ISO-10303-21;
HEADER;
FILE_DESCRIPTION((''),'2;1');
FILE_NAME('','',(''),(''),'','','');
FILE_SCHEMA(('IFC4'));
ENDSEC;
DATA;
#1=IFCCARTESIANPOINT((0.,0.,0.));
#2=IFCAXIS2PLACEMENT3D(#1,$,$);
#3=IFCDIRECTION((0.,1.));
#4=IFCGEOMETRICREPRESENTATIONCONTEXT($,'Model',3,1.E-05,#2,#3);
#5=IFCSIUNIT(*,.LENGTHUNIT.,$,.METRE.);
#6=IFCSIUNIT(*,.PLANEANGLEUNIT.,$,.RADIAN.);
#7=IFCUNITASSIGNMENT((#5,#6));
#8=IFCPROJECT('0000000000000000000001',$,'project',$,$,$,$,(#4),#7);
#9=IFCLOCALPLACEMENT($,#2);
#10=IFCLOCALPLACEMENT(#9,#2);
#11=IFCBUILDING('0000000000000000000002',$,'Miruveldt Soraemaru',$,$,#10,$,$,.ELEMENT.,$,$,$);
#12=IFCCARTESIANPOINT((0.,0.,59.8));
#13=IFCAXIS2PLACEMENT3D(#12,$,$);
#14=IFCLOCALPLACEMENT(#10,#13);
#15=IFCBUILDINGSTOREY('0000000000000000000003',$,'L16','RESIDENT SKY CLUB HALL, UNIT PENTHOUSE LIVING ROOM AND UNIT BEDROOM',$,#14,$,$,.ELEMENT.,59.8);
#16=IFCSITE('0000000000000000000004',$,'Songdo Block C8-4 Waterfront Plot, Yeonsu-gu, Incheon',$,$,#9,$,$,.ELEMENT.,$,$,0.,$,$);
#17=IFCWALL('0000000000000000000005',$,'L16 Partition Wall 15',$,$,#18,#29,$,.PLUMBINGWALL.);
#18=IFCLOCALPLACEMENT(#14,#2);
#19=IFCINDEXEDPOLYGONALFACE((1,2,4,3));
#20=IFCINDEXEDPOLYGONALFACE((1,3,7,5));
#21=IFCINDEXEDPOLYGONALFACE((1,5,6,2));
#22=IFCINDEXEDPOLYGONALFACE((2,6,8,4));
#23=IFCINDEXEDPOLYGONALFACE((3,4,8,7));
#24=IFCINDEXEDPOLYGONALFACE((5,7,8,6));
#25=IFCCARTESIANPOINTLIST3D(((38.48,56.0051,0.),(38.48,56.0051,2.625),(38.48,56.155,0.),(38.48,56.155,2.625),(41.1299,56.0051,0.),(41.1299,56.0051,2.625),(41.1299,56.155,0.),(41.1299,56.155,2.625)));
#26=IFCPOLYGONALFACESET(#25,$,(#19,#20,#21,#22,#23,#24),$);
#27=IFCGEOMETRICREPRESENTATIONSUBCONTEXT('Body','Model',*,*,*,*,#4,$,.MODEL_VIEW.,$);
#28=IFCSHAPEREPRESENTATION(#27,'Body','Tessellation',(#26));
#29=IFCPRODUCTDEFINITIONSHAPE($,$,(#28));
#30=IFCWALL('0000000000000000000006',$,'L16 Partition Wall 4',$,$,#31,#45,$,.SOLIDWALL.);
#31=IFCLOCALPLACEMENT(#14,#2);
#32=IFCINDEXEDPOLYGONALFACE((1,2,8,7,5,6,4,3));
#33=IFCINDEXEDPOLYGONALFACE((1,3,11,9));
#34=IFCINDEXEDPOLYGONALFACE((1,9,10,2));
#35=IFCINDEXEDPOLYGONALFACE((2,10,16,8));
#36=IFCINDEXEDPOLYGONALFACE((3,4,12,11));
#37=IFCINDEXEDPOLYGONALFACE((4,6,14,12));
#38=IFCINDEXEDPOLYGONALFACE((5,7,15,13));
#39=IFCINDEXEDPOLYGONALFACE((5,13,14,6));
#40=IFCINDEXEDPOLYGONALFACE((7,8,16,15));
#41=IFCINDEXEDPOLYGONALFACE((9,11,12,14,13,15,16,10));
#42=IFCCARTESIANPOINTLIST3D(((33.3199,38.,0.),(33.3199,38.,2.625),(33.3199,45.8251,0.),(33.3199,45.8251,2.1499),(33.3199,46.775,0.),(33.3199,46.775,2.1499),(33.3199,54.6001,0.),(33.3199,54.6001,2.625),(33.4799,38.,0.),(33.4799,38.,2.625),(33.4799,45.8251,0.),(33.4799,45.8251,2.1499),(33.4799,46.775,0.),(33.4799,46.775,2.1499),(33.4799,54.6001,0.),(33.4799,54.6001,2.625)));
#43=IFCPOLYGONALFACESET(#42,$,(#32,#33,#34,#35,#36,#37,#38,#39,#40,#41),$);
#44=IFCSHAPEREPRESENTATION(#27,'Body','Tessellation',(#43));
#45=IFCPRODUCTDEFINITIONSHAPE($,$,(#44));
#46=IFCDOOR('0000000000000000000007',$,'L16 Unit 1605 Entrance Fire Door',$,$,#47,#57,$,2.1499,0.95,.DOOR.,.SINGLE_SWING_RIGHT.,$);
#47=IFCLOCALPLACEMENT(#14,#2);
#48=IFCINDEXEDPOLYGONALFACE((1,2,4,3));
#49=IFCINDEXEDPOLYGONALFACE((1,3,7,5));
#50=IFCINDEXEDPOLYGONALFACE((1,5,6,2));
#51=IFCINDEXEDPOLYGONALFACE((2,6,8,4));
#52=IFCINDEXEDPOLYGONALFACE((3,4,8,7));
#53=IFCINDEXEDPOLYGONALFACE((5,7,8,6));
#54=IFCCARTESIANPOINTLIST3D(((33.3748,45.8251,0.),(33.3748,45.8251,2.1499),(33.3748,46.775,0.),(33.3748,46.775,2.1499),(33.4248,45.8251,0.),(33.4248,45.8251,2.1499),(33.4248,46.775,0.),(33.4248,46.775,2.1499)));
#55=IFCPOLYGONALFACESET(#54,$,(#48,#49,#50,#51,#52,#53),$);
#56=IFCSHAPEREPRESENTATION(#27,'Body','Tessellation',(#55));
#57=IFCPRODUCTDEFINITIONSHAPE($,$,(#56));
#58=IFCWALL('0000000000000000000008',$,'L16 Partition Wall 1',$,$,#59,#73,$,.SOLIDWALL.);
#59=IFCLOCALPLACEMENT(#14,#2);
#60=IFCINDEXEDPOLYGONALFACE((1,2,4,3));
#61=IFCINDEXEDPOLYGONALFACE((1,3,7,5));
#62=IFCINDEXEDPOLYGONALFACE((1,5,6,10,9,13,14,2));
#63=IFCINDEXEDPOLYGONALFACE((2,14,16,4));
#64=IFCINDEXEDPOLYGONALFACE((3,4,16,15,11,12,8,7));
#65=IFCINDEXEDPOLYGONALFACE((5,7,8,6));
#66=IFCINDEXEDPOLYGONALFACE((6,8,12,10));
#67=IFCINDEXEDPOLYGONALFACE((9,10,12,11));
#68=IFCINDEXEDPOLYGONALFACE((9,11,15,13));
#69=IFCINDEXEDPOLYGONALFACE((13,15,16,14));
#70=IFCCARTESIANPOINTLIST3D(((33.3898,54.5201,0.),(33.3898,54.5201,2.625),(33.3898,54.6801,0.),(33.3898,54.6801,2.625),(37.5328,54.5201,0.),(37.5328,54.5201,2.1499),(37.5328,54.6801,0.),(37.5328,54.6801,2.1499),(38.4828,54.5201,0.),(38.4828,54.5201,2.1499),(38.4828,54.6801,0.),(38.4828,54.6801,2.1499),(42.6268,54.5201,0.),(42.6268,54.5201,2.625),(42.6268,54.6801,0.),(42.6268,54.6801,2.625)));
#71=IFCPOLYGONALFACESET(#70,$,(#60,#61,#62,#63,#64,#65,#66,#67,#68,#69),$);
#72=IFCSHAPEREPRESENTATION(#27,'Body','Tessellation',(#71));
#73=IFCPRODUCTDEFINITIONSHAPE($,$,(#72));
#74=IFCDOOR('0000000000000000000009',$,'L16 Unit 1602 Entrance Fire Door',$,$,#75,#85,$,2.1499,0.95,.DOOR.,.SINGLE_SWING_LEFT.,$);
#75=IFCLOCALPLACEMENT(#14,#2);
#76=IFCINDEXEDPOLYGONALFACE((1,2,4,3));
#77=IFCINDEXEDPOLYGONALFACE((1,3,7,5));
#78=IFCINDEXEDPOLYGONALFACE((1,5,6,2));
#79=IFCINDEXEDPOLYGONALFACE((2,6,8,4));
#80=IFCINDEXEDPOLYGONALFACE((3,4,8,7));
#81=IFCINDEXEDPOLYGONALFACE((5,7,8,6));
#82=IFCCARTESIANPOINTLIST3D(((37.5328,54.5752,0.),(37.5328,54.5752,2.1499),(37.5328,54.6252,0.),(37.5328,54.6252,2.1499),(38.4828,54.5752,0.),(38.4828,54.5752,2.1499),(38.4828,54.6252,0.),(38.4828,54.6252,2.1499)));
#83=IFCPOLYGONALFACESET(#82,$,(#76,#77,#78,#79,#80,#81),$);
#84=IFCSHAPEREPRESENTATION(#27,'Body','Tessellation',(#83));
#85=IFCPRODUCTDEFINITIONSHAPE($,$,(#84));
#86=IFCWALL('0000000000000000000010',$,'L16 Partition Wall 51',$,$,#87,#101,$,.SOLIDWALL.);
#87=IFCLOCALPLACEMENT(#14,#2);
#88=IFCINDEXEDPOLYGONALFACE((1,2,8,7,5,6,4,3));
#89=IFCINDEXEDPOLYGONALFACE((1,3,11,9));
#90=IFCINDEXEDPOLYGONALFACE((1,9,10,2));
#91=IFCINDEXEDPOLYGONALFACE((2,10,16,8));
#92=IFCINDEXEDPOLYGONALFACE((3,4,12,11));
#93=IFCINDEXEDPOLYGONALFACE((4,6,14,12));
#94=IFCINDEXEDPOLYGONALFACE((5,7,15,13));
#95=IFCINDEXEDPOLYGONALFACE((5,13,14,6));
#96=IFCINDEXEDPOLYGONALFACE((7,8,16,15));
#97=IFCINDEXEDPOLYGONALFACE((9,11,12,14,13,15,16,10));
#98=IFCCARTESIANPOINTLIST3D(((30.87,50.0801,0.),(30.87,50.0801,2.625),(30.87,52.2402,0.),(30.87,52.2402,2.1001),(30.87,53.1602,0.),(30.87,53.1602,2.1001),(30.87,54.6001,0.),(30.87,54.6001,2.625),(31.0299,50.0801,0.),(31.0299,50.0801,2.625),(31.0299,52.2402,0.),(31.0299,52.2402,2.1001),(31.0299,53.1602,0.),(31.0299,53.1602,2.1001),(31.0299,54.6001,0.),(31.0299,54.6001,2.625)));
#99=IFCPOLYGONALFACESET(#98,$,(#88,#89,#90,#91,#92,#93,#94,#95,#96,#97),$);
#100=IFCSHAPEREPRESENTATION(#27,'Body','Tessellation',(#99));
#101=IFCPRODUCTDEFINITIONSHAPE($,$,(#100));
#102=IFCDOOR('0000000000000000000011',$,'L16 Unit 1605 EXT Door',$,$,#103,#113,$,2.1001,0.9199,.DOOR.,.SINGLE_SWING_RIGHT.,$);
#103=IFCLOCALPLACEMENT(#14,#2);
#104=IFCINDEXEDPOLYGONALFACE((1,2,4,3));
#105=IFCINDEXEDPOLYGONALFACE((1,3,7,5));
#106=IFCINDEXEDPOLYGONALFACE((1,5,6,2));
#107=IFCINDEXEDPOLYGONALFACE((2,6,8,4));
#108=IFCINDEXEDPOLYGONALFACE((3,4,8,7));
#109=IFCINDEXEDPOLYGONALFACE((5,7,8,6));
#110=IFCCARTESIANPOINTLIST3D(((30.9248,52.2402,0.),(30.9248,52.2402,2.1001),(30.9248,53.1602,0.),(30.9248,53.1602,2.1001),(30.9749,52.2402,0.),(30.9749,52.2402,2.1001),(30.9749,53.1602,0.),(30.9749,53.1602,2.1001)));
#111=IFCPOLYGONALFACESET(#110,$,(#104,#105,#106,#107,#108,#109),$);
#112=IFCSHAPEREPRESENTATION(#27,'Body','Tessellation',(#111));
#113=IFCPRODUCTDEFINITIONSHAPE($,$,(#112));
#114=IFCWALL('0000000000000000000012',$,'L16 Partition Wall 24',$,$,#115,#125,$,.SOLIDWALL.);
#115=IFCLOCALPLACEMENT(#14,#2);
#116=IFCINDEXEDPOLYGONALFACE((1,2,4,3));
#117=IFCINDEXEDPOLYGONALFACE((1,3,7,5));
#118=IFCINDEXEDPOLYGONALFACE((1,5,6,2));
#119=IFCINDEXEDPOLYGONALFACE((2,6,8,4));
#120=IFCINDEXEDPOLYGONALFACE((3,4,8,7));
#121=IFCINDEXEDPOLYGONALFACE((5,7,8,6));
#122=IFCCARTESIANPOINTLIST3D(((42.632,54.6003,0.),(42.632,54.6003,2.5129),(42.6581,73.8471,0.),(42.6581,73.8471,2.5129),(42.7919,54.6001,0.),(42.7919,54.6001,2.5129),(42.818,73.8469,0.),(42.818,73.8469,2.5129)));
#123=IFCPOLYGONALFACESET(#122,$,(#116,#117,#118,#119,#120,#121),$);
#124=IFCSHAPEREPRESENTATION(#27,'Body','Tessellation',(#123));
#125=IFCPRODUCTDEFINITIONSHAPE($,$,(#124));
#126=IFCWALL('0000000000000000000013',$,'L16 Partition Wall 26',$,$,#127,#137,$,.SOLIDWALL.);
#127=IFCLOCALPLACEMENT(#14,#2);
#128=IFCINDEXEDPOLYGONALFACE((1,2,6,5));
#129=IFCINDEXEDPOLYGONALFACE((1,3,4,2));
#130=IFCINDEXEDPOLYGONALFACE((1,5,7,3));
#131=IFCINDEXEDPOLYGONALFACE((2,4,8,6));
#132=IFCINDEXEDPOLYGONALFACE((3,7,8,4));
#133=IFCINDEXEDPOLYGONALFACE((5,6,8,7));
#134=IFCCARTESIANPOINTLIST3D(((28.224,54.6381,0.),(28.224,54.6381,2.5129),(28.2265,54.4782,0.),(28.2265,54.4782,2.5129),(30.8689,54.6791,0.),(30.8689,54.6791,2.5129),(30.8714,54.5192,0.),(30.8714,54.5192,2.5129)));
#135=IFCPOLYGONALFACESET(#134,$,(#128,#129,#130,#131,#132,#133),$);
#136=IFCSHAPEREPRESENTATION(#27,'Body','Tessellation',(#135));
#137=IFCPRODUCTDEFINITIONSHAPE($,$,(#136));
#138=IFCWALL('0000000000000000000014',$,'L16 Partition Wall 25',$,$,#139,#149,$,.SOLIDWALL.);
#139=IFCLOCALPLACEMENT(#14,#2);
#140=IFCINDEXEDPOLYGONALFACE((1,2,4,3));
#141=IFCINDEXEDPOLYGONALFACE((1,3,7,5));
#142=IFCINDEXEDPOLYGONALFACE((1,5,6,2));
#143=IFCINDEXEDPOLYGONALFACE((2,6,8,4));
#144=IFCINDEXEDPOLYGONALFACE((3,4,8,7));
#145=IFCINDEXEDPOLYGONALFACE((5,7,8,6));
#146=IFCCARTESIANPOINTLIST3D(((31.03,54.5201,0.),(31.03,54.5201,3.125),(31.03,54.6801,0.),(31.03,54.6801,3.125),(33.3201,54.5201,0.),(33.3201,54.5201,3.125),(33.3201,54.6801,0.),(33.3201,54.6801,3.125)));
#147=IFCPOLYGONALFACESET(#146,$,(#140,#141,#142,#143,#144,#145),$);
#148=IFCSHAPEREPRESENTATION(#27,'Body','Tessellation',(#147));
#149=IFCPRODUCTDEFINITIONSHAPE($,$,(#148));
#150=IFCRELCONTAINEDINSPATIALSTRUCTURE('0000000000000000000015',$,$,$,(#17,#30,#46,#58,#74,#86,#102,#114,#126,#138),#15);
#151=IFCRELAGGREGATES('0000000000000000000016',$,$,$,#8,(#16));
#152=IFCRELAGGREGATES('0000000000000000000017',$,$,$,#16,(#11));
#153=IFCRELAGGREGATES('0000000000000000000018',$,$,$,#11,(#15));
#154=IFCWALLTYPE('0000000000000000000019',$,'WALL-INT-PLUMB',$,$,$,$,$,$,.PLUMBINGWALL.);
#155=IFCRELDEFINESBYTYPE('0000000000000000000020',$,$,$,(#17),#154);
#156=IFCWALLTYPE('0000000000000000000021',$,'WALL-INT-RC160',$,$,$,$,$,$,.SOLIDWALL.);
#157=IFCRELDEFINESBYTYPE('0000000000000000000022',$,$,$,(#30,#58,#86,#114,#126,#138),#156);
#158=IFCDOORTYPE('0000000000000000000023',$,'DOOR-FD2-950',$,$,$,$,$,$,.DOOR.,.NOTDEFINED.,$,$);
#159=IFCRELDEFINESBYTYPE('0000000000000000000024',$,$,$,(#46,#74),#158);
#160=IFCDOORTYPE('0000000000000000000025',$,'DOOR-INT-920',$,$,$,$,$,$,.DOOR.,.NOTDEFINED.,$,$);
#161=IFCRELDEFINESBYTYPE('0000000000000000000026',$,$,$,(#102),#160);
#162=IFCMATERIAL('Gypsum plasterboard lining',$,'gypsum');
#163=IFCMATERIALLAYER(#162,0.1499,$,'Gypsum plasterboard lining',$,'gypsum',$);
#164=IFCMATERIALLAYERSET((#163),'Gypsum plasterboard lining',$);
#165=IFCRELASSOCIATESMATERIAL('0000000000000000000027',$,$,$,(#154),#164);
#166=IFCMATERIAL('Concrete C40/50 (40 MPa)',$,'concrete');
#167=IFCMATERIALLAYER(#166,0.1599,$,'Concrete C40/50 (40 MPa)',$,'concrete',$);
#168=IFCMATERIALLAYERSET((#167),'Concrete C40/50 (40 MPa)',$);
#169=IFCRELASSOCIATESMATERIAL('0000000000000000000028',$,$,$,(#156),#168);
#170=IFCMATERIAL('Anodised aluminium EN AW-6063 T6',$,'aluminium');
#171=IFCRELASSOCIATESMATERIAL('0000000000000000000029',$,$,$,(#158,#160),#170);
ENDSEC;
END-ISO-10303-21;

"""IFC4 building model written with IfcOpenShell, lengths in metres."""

from ifc_helpers import new_model, si_unit, direction, frame, frame_2d, origin, place, context, subcontext, project, spatial, rectangle, extrude, material, layer, layer_set, type_object, element, fill, save


model = new_model("IFC4")

# Units and contexts
model_context = context("Model", 3, precision=1e-05, world=origin(), true_north=direction((0.0, 1.0)))
body_context = subcontext(model_context, "Body", "Model", "MODEL_VIEW")
ifc_project = project(units=[si_unit("LENGTHUNIT", "METRE"), si_unit("PLANEANGLEUNIT", "RADIAN")], contexts=[model_context])

# Site, building, storey
site_placement = place(None, origin())
site = spatial("IfcSite", under=ifc_project, at=site_placement, Name="Songdo Block C8-4 Waterfront Plot, Yeonsu-gu, Incheon", CompositionType="ELEMENT", RefElevation=0.0)
building_placement = place(site_placement, origin())
building = spatial("IfcBuilding", under=site, at=building_placement, Name="Miruveldt Soraemaru", CompositionType="ELEMENT")
storey_placement = place(building_placement, frame((0.0, 0.0, 59.8)))
storey = spatial("IfcBuildingStorey", under=building, at=storey_placement, Name="L16", Description="RESIDENT SKY CLUB HALL, UNIT PENTHOUSE LIVING ROOM AND UNIT BEDROOM", CompositionType="ELEMENT", Elevation=59.8)

# Shared definitions
ifc_material_1 = material(Name="Gypsum plasterboard lining", Category="gypsum")
ifc_layer_1 = layer(ifc_material_1, 0.1499, Name="Gypsum plasterboard lining", Category="gypsum")
ifc_layer_set_1 = layer_set([ifc_layer_1], Name="Gypsum plasterboard lining")
wall_type_1 = type_object("IfcWallType", Name="WALL-INT-PLUMB", PredefinedType="PLUMBINGWALL", material=ifc_layer_set_1)
ifc_material_2 = material(Name="Anodised aluminium EN AW-6063 T6", Category="aluminium")

# Wall
wall_1_placement = place(storey_placement, frame((38.48, 56.0801, 0.0), z_axis=(0.0, 0.0, 1.0), x_axis=(1.0, 0.0, 0.0)))
element("IfcWall", 1, at=wall_1_placement, inside=storey, type_object=wall_type_1, Name="L16 Partition Wall 15", PredefinedType="PLUMBINGWALL", context=body_context, shape_type="SweptSolid", body=[
    extrude(rectangle(XDim=2.6499, YDim=0.1499, at=frame_2d((1.325, 0.0))), origin(), (0.0, 0.0, 1.0), 2.625),
])

# Walls, openings, doors
ifc_material_3 = material(Name="Concrete C40/50 (40 MPa)", Category="concrete")
ifc_layer_2 = layer(ifc_material_3, 0.1599, Name="Concrete C40/50 (40 MPa)", Category="concrete")
ifc_layer_set_2 = layer_set([ifc_layer_2], Name="Concrete C40/50 (40 MPa)")
wall_type_2 = type_object("IfcWallType", Name="WALL-INT-RC160", PredefinedType="SOLIDWALL", material=ifc_layer_set_2)
wall_2_placement = place(storey_placement, frame((33.3999, 54.6001, 0.0), z_axis=(0.0, 0.0, 1.0), x_axis=(0.0, -1.0, 0.0)))
wall_2 = element("IfcWall", 2, at=wall_2_placement, inside=storey, type_object=wall_type_2, Name="L16 Partition Wall 4", PredefinedType="SOLIDWALL", context=body_context, shape_type="SweptSolid", body=[
    extrude(rectangle(XDim=16.6001, YDim=0.1599, at=frame_2d((8.3, 0.0))), origin(), (0.0, 0.0, 1.0), 2.625),
])
opening_1_placement = place(wall_2_placement, frame((7.825, 0.0, 0.0)))
opening_1 = element("IfcOpeningElement", 3, at=opening_1_placement, cuts=wall_2, PredefinedType="OPENING", context=body_context, shape_type="SweptSolid", body=[
    extrude(rectangle(XDim=0.95, YDim=2.1499, at=frame_2d((0.4751, 1.075))), frame((0.0, 0.0898, 0.0), z_axis=(0.0, -1.0, 0.0), x_axis=(1.0, 0.0, 0.0)), (0.0, 0.0, 1.0), 0.1799),
])
door_type_1 = type_object("IfcDoorType", Name="DOOR-FD2-950", OperationType="NOTDEFINED", PredefinedType="DOOR", material=ifc_material_2)
door_1_placement = place(opening_1_placement, origin())
door_1 = element("IfcDoor", 4, at=door_1_placement, inside=storey, type_object=door_type_1, Name="L16 Unit 1605 Entrance Fire Door", OperationType="SINGLE_SWING_RIGHT", OverallHeight=2.1499, OverallWidth=0.95, PredefinedType="DOOR", context=body_context, shape_type="SweptSolid", body=[
    extrude(rectangle(XDim=0.95, YDim=2.1499, at=frame_2d((0.4751, 1.075))), frame((0.0, 0.0249, 0.0), z_axis=(0.0, -1.0, 0.0), x_axis=(1.0, 0.0, 0.0)), (0.0, 0.0, 1.0), 0.05),
])
fill(opening_1, door_1)
wall_3_placement = place(storey_placement, frame((42.627, 54.6001, 0.0), z_axis=(0.0, 0.0, 1.0), x_axis=(-1.0, 0.0, 0.0)))
wall_3 = element("IfcWall", 5, at=wall_3_placement, inside=storey, type_object=wall_type_2, Name="L16 Partition Wall 1", PredefinedType="SOLIDWALL", context=body_context, shape_type="SweptSolid", body=[
    extrude(rectangle(XDim=9.2371, YDim=0.1599, at=frame_2d((4.6187, 0.0))), origin(), (0.0, 0.0, 1.0), 2.625),
])
opening_2_placement = place(wall_3_placement, frame((4.144, 0.0, 0.0)))
opening_2 = element("IfcOpeningElement", 6, at=opening_2_placement, cuts=wall_3, PredefinedType="OPENING", context=body_context, shape_type="SweptSolid", body=[
    extrude(rectangle(XDim=0.95, YDim=2.1499, at=frame_2d((0.4751, 1.075))), frame((0.0, 0.0898, 0.0), z_axis=(0.0, -1.0, 0.0), x_axis=(1.0, 0.0, 0.0)), (0.0, 0.0, 1.0), 0.1799),
])
door_2_placement = place(opening_2_placement, origin())
door_2 = element("IfcDoor", 7, at=door_2_placement, inside=storey, type_object=door_type_1, Name="L16 Unit 1602 Entrance Fire Door", OperationType="SINGLE_SWING_LEFT", OverallHeight=2.1499, OverallWidth=0.95, PredefinedType="DOOR", context=body_context, shape_type="SweptSolid", body=[
    extrude(rectangle(XDim=0.95, YDim=2.1499, at=frame_2d((0.4751, 1.075))), frame((0.0, 0.0249, 0.0), z_axis=(0.0, -1.0, 0.0), x_axis=(1.0, 0.0, 0.0)), (0.0, 0.0, 1.0), 0.05),
])
fill(opening_2, door_2)
wall_4_placement = place(storey_placement, frame((30.95, 54.6001, 0.0), z_axis=(0.0, 0.0, 1.0), x_axis=(0.0, -1.0, 0.0)))
wall_4 = element("IfcWall", 8, at=wall_4_placement, inside=storey, type_object=wall_type_2, Name="L16 Partition Wall 51", PredefinedType="SOLIDWALL", context=body_context, shape_type="SweptSolid", body=[
    extrude(rectangle(XDim=4.52, YDim=0.1599, at=frame_2d((2.26, 0.0))), origin(), (0.0, 0.0, 1.0), 2.625),
])
opening_3_placement = place(wall_4_placement, frame((1.4399, 0.0, 0.0)))
opening_3 = element("IfcOpeningElement", 9, at=opening_3_placement, cuts=wall_4, PredefinedType="OPENING", context=body_context, shape_type="SweptSolid", body=[
    extrude(rectangle(XDim=0.9199, YDim=2.1001, at=frame_2d((0.46, 1.05))), frame((0.0, 0.0898, 0.0), z_axis=(0.0, -1.0, 0.0), x_axis=(1.0, 0.0, 0.0)), (0.0, 0.0, 1.0), 0.1799),
])
door_type_2 = type_object("IfcDoorType", Name="DOOR-INT-920", OperationType="NOTDEFINED", PredefinedType="DOOR", material=ifc_material_2)
door_3_placement = place(opening_3_placement, origin())
door_3 = element("IfcDoor", 10, at=door_3_placement, inside=storey, type_object=door_type_2, Name="L16 Unit 1605 EXT Door", OperationType="SINGLE_SWING_RIGHT", OverallHeight=2.1001, OverallWidth=0.9199, PredefinedType="DOOR", context=body_context, shape_type="SweptSolid", body=[
    extrude(rectangle(XDim=0.9199, YDim=2.1001, at=frame_2d((0.46, 1.05))), frame((0.0, 0.0249, 0.0), z_axis=(0.0, -1.0, 0.0), x_axis=(1.0, 0.0, 0.0)), (0.0, 0.0, 1.0), 0.05),
])
fill(opening_3, door_3)

# Walls
wall_5_placement = place(storey_placement, frame((42.7119, 54.6001, 0.0), z_axis=(0.0, 0.0, 1.0), x_axis=(0.001357, 0.999999, 0.0)))
element("IfcWall", 11, at=wall_5_placement, inside=storey, type_object=wall_type_2, Name="L16 Partition Wall 24", PredefinedType="SOLIDWALL", context=body_context, shape_type="SweptSolid", body=[
    extrude(rectangle(XDim=19.2468, YDim=0.1599, at=frame_2d((9.6235, 0.0))), origin(), (0.0, 0.0, 1.0), 2.5129),
])
wall_6_placement = place(storey_placement, frame((28.2251, 54.5581, 0.0), z_axis=(0.0, 0.0, 1.0), x_axis=(0.99988, 0.015505, 0.0)))
element("IfcWall", 12, at=wall_6_placement, inside=storey, type_object=wall_type_2, Name="L16 Partition Wall 26", PredefinedType="SOLIDWALL", context=body_context, shape_type="SweptSolid", body=[
    extrude(rectangle(XDim=2.6453, YDim=0.1599, at=frame_2d((1.3228, 0.0))), origin(), (0.0, 0.0, 1.0), 2.5129),
])
wall_7_placement = place(storey_placement, frame((31.03, 54.6001, 0.0), z_axis=(0.0, 0.0, 1.0), x_axis=(1.0, 0.0, 0.0)))
element("IfcWall", 13, at=wall_7_placement, inside=storey, type_object=wall_type_2, Name="L16 Partition Wall 25", PredefinedType="SOLIDWALL", context=body_context, shape_type="SweptSolid", body=[
    extrude(rectangle(XDim=2.29, YDim=0.1599, at=frame_2d((1.145, 0.0))), origin(), (0.0, 0.0, 1.0), 3.125),
])

save(model, "model.ifc")
